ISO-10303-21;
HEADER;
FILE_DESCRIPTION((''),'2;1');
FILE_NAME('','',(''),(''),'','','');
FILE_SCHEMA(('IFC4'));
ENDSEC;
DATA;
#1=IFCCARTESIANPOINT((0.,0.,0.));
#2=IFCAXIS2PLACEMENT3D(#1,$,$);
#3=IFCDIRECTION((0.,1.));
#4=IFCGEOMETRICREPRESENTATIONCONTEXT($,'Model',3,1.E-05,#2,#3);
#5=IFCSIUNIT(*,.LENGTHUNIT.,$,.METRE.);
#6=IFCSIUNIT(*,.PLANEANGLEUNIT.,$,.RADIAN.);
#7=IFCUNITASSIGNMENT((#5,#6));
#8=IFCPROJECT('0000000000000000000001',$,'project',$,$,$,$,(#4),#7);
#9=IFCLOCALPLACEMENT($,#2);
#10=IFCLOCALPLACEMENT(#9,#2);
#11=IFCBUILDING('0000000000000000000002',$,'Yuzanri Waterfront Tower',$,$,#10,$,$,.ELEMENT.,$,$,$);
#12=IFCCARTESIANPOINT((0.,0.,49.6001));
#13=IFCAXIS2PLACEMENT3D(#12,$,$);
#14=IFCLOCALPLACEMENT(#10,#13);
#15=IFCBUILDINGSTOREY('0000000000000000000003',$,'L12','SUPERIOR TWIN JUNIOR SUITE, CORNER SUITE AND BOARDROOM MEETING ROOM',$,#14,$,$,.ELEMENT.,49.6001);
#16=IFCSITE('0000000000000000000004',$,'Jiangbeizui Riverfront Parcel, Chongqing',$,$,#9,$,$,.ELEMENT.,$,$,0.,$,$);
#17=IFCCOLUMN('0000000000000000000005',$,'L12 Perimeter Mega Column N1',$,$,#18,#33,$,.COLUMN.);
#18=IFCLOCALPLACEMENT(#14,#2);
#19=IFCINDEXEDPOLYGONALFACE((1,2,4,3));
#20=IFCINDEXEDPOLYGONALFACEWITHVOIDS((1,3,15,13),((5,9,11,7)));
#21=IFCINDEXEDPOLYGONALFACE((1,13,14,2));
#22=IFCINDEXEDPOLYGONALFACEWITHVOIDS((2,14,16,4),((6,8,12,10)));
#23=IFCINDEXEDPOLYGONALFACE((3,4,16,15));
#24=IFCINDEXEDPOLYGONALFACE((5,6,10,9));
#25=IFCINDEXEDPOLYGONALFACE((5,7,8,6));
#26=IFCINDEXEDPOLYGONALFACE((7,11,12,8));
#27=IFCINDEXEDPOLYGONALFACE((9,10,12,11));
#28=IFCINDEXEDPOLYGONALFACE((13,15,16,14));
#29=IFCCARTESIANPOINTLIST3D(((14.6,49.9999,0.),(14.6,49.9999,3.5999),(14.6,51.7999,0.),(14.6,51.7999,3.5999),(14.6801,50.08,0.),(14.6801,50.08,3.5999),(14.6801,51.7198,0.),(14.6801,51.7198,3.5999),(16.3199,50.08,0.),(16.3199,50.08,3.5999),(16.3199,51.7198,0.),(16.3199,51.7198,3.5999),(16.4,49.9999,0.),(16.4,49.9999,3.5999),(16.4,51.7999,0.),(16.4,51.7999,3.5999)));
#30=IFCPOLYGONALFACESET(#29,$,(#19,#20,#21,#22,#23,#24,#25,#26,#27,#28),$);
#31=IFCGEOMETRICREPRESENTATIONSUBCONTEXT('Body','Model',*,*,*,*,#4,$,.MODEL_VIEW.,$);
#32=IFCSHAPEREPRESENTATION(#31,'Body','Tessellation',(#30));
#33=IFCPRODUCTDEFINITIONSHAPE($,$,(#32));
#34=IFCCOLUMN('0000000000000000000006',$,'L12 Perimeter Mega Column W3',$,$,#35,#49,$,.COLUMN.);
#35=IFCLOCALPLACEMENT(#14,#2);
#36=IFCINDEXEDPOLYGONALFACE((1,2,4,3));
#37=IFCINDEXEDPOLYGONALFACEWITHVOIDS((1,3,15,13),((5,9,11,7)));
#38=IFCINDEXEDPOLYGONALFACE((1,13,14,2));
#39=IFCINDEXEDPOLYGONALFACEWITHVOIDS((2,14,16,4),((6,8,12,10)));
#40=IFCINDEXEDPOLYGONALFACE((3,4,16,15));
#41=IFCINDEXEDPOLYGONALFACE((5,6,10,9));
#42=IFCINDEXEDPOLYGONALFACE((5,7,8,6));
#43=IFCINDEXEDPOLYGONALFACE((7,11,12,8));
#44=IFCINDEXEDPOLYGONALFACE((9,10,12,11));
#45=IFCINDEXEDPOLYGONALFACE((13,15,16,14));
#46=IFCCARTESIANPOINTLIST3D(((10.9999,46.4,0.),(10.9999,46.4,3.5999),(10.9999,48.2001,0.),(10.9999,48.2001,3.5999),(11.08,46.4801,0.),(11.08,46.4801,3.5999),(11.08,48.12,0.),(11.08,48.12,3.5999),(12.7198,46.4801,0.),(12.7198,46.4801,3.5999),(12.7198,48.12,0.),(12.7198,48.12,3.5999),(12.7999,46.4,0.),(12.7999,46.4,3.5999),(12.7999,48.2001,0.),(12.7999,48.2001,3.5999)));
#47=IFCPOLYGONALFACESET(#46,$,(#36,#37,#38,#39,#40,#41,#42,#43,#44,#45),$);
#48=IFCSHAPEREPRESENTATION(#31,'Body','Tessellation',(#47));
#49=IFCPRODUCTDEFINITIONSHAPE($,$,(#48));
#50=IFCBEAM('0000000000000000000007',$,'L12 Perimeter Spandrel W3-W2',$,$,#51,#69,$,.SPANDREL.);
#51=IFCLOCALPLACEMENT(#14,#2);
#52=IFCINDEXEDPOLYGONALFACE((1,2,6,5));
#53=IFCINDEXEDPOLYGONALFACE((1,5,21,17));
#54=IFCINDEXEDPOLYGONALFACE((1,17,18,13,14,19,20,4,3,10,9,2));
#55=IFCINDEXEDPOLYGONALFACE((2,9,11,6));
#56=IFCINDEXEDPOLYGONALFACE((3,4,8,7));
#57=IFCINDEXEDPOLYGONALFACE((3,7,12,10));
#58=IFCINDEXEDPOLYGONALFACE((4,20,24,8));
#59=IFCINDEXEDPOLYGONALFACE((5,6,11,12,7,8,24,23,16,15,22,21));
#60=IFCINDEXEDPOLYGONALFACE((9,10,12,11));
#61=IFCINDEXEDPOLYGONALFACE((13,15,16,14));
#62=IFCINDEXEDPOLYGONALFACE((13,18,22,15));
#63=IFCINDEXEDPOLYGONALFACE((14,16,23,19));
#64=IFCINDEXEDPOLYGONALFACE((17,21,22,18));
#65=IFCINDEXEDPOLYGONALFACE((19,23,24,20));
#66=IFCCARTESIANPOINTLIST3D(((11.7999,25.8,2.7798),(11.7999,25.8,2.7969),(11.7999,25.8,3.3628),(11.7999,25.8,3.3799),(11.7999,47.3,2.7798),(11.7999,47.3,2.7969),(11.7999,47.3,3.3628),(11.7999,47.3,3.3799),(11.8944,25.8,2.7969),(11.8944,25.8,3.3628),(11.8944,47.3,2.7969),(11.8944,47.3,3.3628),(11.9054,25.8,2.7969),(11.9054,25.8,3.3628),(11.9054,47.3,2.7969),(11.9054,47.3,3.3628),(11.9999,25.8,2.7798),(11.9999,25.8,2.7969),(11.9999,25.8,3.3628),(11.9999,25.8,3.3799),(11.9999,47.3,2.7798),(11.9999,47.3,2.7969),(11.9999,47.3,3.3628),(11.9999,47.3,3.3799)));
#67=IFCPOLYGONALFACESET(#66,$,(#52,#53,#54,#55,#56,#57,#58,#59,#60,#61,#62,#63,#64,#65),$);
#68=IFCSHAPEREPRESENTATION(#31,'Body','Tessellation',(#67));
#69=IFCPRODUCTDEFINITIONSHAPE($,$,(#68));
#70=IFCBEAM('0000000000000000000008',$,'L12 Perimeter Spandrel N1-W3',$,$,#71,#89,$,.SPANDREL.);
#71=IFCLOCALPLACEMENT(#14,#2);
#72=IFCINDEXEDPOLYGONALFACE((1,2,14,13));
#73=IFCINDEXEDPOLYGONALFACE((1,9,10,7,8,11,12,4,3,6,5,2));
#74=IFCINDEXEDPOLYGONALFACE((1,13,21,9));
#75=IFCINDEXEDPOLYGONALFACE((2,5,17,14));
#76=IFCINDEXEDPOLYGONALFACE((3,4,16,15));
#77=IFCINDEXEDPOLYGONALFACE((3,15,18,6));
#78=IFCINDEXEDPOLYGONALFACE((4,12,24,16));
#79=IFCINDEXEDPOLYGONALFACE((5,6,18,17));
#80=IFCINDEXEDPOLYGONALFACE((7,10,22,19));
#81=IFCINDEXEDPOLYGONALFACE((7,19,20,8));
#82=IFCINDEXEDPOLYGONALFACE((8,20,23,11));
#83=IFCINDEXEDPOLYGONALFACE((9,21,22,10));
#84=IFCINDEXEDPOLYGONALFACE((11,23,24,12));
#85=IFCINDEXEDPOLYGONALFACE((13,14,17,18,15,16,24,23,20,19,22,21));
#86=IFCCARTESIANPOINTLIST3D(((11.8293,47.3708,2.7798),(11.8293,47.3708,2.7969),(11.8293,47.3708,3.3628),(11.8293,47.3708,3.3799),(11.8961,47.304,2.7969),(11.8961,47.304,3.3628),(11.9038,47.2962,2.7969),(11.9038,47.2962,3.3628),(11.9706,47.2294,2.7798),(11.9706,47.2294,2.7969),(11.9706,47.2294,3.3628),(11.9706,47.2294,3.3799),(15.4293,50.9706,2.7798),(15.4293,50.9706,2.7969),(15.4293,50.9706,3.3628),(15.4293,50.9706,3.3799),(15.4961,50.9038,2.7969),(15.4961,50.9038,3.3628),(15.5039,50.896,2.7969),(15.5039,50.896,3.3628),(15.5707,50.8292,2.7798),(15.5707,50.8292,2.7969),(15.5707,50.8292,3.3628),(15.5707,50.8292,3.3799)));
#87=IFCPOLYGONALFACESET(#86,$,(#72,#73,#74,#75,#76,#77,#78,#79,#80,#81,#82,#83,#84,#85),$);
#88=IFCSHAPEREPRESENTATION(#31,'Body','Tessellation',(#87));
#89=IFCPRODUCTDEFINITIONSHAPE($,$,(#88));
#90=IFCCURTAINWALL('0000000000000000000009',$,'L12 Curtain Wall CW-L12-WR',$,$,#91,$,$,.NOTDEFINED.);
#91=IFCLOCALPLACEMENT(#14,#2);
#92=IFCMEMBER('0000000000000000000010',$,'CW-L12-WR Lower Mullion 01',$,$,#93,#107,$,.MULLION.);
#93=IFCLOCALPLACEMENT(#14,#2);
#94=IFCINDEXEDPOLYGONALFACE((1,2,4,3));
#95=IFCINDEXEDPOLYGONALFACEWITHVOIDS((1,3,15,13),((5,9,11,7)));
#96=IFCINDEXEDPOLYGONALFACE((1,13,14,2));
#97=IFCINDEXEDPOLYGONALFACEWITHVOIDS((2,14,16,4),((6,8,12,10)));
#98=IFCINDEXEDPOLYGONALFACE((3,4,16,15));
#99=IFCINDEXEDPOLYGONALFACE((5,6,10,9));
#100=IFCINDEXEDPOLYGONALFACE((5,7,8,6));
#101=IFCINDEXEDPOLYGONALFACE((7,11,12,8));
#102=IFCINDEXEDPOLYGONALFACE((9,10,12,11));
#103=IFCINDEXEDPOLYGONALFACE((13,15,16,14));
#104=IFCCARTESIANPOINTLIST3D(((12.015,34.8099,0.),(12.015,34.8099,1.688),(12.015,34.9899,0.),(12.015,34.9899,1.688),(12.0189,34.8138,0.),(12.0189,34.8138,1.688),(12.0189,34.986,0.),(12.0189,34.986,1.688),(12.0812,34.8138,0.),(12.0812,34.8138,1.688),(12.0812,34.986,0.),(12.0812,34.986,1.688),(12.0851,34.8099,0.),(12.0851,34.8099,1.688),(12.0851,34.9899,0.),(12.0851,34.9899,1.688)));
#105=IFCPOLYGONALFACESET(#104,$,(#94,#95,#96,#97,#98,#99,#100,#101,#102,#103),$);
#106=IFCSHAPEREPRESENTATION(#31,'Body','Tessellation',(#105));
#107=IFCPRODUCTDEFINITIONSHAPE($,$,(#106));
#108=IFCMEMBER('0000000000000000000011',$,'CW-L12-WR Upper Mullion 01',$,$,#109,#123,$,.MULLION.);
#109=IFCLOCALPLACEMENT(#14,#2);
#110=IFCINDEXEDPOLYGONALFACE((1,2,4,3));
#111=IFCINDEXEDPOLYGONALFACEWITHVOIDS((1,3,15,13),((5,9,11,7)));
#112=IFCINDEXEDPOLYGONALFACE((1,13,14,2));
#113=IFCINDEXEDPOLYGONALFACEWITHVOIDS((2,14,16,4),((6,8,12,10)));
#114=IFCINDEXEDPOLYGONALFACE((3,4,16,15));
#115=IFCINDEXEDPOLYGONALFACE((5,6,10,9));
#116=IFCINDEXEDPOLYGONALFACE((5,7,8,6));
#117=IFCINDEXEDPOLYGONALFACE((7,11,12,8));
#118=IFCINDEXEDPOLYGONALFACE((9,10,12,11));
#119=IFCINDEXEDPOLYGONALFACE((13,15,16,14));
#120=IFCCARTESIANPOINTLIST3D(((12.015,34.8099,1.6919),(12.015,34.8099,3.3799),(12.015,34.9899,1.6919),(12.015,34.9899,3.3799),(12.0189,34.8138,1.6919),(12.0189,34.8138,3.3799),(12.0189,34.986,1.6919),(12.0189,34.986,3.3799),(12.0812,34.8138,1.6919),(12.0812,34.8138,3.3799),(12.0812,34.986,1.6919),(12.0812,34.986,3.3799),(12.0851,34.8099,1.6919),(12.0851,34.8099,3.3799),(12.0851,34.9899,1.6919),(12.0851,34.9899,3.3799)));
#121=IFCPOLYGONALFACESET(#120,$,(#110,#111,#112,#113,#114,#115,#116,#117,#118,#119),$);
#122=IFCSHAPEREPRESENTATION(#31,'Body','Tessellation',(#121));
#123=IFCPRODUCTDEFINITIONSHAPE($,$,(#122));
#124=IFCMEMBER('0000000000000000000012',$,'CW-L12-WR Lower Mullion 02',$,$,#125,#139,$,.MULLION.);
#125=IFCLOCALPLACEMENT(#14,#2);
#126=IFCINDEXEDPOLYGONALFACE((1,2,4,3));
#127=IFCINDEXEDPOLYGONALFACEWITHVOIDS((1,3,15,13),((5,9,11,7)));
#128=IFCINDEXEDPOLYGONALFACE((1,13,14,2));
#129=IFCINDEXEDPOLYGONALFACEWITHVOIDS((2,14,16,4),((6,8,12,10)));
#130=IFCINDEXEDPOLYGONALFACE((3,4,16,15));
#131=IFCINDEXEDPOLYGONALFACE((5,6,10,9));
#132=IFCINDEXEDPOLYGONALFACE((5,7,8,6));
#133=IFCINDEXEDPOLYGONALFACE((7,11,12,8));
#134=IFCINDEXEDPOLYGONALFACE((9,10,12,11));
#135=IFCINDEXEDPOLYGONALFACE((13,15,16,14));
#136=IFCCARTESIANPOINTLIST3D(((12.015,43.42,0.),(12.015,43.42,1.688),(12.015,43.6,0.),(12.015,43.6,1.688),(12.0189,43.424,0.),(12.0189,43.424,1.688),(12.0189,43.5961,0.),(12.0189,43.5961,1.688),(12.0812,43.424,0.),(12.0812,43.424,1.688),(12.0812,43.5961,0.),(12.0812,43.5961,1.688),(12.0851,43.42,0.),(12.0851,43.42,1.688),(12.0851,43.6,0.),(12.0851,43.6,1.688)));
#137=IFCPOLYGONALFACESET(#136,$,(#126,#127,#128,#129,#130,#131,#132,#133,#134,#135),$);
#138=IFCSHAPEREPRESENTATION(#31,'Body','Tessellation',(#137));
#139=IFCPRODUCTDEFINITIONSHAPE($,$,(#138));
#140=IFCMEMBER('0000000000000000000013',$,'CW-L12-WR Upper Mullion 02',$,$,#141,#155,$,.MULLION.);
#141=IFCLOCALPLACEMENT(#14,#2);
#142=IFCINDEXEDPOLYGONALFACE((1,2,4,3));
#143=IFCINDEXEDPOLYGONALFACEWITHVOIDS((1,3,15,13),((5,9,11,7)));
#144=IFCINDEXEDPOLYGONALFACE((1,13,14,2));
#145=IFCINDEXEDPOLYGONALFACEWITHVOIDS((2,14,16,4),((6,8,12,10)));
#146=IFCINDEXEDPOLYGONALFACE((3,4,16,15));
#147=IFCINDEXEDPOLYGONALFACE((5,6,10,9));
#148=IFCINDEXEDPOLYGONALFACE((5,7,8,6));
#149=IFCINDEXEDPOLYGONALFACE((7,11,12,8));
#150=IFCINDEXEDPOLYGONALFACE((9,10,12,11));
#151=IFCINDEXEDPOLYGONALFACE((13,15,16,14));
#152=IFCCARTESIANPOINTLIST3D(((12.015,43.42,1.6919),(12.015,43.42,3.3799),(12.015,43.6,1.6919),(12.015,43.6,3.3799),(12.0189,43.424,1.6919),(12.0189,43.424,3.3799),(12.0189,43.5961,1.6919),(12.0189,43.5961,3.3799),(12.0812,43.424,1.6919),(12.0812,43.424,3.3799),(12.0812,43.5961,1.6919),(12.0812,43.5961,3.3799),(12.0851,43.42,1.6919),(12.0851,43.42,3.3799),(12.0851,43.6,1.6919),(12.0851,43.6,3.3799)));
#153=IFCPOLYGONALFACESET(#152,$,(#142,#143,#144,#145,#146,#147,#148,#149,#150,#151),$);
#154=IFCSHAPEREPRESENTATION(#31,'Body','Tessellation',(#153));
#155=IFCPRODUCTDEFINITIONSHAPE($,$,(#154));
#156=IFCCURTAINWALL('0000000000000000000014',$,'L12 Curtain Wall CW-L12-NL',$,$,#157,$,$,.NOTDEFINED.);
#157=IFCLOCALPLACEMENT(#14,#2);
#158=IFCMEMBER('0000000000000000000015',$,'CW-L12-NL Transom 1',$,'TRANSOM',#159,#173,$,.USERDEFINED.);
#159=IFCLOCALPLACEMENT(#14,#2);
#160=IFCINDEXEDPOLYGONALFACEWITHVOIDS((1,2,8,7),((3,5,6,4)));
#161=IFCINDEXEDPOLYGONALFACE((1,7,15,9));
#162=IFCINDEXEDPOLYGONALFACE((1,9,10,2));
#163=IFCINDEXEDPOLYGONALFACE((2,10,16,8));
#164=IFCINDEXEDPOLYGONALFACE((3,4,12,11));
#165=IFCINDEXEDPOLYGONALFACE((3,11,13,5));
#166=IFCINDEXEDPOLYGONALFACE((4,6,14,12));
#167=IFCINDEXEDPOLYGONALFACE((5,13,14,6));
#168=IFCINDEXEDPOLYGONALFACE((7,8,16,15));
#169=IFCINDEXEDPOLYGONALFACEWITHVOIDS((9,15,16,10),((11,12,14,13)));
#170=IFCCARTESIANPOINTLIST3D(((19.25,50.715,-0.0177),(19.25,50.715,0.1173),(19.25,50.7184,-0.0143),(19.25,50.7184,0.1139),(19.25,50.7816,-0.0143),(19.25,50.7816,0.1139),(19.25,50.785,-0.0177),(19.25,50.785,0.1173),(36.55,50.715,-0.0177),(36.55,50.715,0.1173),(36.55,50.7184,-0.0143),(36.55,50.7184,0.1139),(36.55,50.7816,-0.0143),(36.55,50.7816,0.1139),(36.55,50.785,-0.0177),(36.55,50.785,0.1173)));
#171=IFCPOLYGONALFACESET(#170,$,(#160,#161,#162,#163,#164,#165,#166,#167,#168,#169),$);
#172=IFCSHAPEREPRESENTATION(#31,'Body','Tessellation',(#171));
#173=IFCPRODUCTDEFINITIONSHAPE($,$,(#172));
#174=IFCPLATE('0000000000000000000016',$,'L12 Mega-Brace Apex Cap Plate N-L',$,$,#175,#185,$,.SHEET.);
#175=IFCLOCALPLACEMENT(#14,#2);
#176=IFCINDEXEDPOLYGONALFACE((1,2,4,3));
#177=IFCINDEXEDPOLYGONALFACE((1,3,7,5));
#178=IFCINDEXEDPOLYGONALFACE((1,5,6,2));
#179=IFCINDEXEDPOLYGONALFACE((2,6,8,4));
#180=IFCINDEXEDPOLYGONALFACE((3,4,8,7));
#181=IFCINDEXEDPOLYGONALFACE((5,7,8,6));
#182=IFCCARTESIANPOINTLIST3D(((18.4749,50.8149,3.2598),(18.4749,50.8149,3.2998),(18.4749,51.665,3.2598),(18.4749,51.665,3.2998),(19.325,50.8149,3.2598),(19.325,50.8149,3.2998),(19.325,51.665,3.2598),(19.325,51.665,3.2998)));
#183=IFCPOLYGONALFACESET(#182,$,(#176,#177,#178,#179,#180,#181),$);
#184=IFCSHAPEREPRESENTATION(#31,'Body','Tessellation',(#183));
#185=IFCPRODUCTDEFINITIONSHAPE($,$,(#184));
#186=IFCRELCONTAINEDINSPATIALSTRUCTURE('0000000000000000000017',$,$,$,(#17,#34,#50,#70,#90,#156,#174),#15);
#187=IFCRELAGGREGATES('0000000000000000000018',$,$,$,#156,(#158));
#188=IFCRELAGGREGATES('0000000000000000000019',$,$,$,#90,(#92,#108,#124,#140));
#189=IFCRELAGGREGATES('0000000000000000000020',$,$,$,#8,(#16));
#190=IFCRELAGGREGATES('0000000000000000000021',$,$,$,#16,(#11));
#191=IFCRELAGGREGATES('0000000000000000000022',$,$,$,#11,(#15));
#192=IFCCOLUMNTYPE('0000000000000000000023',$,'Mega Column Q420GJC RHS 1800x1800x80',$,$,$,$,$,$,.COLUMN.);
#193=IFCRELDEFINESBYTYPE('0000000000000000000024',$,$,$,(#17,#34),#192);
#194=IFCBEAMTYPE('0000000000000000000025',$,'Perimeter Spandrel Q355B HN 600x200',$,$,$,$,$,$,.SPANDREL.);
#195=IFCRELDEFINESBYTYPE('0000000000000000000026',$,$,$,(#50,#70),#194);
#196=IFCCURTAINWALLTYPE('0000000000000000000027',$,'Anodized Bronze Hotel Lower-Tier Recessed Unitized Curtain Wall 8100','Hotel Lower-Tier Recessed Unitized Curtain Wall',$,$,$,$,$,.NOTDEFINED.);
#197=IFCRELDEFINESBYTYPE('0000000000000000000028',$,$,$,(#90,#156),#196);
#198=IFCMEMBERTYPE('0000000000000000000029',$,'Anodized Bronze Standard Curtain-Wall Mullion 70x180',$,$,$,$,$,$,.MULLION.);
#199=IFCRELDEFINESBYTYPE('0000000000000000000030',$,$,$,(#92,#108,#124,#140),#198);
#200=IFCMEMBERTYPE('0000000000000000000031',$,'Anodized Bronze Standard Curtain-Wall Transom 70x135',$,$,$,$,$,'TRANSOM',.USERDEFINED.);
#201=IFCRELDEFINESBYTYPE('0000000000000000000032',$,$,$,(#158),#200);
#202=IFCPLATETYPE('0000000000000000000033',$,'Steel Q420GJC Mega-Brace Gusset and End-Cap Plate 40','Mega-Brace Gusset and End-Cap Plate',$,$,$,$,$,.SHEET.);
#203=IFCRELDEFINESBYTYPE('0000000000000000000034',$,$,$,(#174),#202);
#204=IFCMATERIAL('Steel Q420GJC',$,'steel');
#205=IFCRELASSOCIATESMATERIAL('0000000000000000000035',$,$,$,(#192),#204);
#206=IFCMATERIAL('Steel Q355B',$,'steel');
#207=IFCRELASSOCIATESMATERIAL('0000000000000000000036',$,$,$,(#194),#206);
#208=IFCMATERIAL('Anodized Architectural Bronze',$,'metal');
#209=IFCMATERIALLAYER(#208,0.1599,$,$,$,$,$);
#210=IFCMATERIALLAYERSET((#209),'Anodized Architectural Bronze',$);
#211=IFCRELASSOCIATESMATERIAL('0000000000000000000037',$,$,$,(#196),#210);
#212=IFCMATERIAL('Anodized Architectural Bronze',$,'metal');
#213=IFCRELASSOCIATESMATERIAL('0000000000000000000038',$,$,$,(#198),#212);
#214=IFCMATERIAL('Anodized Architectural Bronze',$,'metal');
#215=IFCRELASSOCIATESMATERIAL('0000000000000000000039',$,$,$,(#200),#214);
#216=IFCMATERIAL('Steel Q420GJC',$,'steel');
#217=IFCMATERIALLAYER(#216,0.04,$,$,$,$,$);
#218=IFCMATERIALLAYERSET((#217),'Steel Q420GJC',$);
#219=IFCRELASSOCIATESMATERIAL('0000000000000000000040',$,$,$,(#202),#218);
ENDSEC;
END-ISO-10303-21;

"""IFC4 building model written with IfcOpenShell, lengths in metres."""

from ifc_helpers import new_model, si_unit, direction, frame, origin, origin_2d, place, context, subcontext, project, spatial, rectangle, hollow_rectangle, i_section, extrude, source, transform, mapped, material, layer, layer_set, material_profile, profile_set, type_object, element, aggregate, save


model = new_model("IFC4")

# Units and contexts
model_context = context("Model", 3, precision=1e-05, world=origin(), true_north=direction((0.0, 1.0)))
body_context = subcontext(model_context, "Body", "Model", "MODEL_VIEW")
ifc_project = project(units=[si_unit("LENGTHUNIT", "METRE"), si_unit("PLANEANGLEUNIT", "RADIAN")], contexts=[model_context])

# Site, building, storey
site_placement = place(None, origin())
site = spatial("IfcSite", under=ifc_project, at=site_placement, Name="Jiangbeizui Riverfront Parcel, Chongqing", CompositionType="ELEMENT", RefElevation=0.0)
building_placement = place(site_placement, origin())
building = spatial("IfcBuilding", under=site, at=building_placement, Name="Yuzanri Waterfront Tower", CompositionType="ELEMENT")
storey_placement = place(building_placement, frame((0.0, 0.0, 49.6001)))
storey = spatial("IfcBuildingStorey", under=building, at=storey_placement, Name="L12", Description="SUPERIOR TWIN JUNIOR SUITE, CORNER SUITE AND BOARDROOM MEETING ROOM", CompositionType="ELEMENT", Elevation=49.6001)

# Columns
ifc_material_1 = material(Name="Steel Q420GJC", Category="steel")
ifc_material_profile_1 = material_profile(ifc_material_1, hollow_rectangle(XDim=1.8, YDim=1.8, WallThickness=0.0801, at=origin_2d()), Name="RHS 1800x1800x80")
ifc_profile_set_1 = profile_set([ifc_material_profile_1], Name="Steel Q420GJC")
column_type = type_object("IfcColumnType", Name="Mega Column Q420GJC RHS 1800x1800x80", PredefinedType="COLUMN", material=ifc_profile_set_1)
shared_shape_1 = source(origin(), body_context, "Body", "SweptSolid", [
    extrude(hollow_rectangle(XDim=1.8, YDim=1.8, WallThickness=0.0801, at=origin_2d()), origin(), (0.0, 0.0, 1.0), 3.5999),
])
for number, where, z_axis, x_axis, name in (
    (1, (15.5, 50.8999, 0.0), (0.0, 0.0, 1.0), (1.0, 0.0, 0.0), "L12 Perimeter Mega Column N1"),
    (2, (11.8999, 47.3, 0.0), (0.0, 0.0, 1.0), (1.0, 0.0, 0.0), "L12 Perimeter Mega Column W3"),
):
    element("IfcColumn", number, at=place(storey_placement, frame(where, z_axis=z_axis, x_axis=x_axis)), inside=storey, type_object=column_type, Name=name, PredefinedType="COLUMN", context=body_context, shape_type="MappedRepresentation", body=[
        mapped(shared_shape_1, transform((0.0, 0.0, 0.0), scale=1.0)),
    ])

# Beams
ifc_material_2 = material(Name="Steel Q355B", Category="steel")
ifc_material_profile_2 = material_profile(ifc_material_2, i_section(OverallWidth=0.2, OverallDepth=0.6001, WebThickness=0.011, FlangeThickness=0.0171, at=origin_2d()), Name="HN 600x200x11x17")
ifc_profile_set_2 = profile_set([ifc_material_profile_2], Name="Steel Q355B")
beam_type = type_object("IfcBeamType", Name="Perimeter Spandrel Q355B HN 600x200", PredefinedType="SPANDREL", material=ifc_profile_set_2)
shared_shape_2 = source(origin(), body_context, "Body", "SweptSolid", [
    extrude(i_section(OverallWidth=0.2, OverallDepth=0.6001, WebThickness=0.011, FlangeThickness=0.0171, at=origin_2d()), origin(), (0.0, 0.0, 1.0), 21.5),
])
beam_1_placement = place(storey_placement, frame((11.8999, 47.3, 3.0798), z_axis=(0.0, -1.0, 0.0), x_axis=(1.0, 0.0, 0.0)))
element("IfcBeam", 3, at=beam_1_placement, inside=storey, type_object=beam_type, Name="L12 Perimeter Spandrel W3-W2", PredefinedType="SPANDREL", context=body_context, shape_type="MappedRepresentation", body=[
    mapped(shared_shape_2, transform((0.0, 0.0, 0.0), scale=1.0)),
])
shared_shape_3 = source(origin(), body_context, "Body", "SweptSolid", [
    extrude(i_section(OverallWidth=0.2, OverallDepth=0.6001, WebThickness=0.011, FlangeThickness=0.0171, at=origin_2d()), origin(), (0.0, 0.0, 1.0), 5.0911),
])
beam_2_placement = place(storey_placement, frame((15.5, 50.8999, 3.0798), z_axis=(-0.707131, -0.707083, 0.0), x_axis=(0.707083, -0.707131, 0.0)))
element("IfcBeam", 4, at=beam_2_placement, inside=storey, type_object=beam_type, Name="L12 Perimeter Spandrel N1-W3", PredefinedType="SPANDREL", context=body_context, shape_type="MappedRepresentation", body=[
    mapped(shared_shape_3, transform((0.0, 0.0, 0.0), scale=1.0)),
])

# Curtain wall, members
ifc_material_3 = material(Name="Anodized Architectural Bronze", Category="metal")
ifc_layer_1 = layer(ifc_material_3, 0.1599)
ifc_layer_set_1 = layer_set([ifc_layer_1], Name="Anodized Architectural Bronze")
curtain_wall_type = type_object("IfcCurtainWallType", Name="Anodized Bronze Hotel Lower-Tier Recessed Unitized Curtain Wall 8100", Description="Hotel Lower-Tier Recessed Unitized Curtain Wall", PredefinedType="NOTDEFINED", material=ifc_layer_set_1)
curtain_wall_1_placement = place(storey_placement, origin())
curtain_wall_1 = element("IfcCurtainWall", 5, at=curtain_wall_1_placement, inside=storey, type_object=curtain_wall_type, Name="L12 Curtain Wall CW-L12-WR", PredefinedType="NOTDEFINED")
ifc_material_4 = material(Name="Anodized Architectural Bronze", Category="metal")
ifc_material_profile_3 = material_profile(ifc_material_4, hollow_rectangle(XDim=0.0701, YDim=0.1799, WallThickness=0.0039, at=origin_2d()), Name="CWM 70x180")
ifc_profile_set_3 = profile_set([ifc_material_profile_3], Name="Anodized Architectural Bronze")
member_type_1 = type_object("IfcMemberType", Name="Anodized Bronze Standard Curtain-Wall Mullion 70x180", PredefinedType="MULLION", material=ifc_profile_set_3)
shared_shape_4 = source(origin(), body_context, "Body", "SweptSolid", [
    extrude(hollow_rectangle(XDim=0.0701, YDim=0.1799, WallThickness=0.0039, at=origin_2d()), origin(), (0.0, 0.0, 1.0), 1.688),
])
member_1_placement = place(storey_placement, frame((12.05, 34.8999, 0.0), z_axis=(0.0, 0.0, 1.0), x_axis=(1.0, 0.0, 0.0)))
member_1 = element("IfcMember", 6, at=member_1_placement, type_object=member_type_1, Name="CW-L12-WR Lower Mullion 01", PredefinedType="MULLION", context=body_context, shape_type="MappedRepresentation", body=[
    mapped(shared_shape_4, transform((0.0, 0.0, 0.0), scale=1.0)),
])
member_2_placement = place(storey_placement, frame((12.05, 34.8999, 1.6919), z_axis=(0.0, 0.0, 1.0), x_axis=(1.0, 0.0, 0.0)))
member_2 = element("IfcMember", 7, at=member_2_placement, type_object=member_type_1, Name="CW-L12-WR Upper Mullion 01", PredefinedType="MULLION", context=body_context, shape_type="MappedRepresentation", body=[
    mapped(shared_shape_4, transform((0.0, 0.0, 0.0), scale=1.0)),
])
member_3_placement = place(storey_placement, frame((12.05, 43.51, 0.0), z_axis=(0.0, 0.0, 1.0), x_axis=(1.0, 0.0, 0.0)))
member_3 = element("IfcMember", 8, at=member_3_placement, type_object=member_type_1, Name="CW-L12-WR Lower Mullion 02", PredefinedType="MULLION", context=body_context, shape_type="MappedRepresentation", body=[
    mapped(shared_shape_4, transform((0.0, 0.0, 0.0), scale=1.0)),
])
member_4_placement = place(storey_placement, frame((12.05, 43.51, 1.6919), z_axis=(0.0, 0.0, 1.0), x_axis=(1.0, 0.0, 0.0)))
member_4 = element("IfcMember", 9, at=member_4_placement, type_object=member_type_1, Name="CW-L12-WR Upper Mullion 02", PredefinedType="MULLION", context=body_context, shape_type="MappedRepresentation", body=[
    mapped(shared_shape_4, transform((0.0, 0.0, 0.0), scale=1.0)),
])

# Curtain wall, member
curtain_wall_2_placement = place(storey_placement, origin())
curtain_wall_2 = element("IfcCurtainWall", 10, at=curtain_wall_2_placement, inside=storey, type_object=curtain_wall_type, Name="L12 Curtain Wall CW-L12-NL", PredefinedType="NOTDEFINED")
ifc_material_5 = material(Name="Anodized Architectural Bronze", Category="metal")
ifc_material_profile_4 = material_profile(ifc_material_5, hollow_rectangle(XDim=0.0701, YDim=0.135, WallThickness=0.0034, at=origin_2d()), Name="CWT 70x135")
ifc_profile_set_4 = profile_set([ifc_material_profile_4], Name="Anodized Architectural Bronze")
member_type_2 = type_object("IfcMemberType", Name="Anodized Bronze Standard Curtain-Wall Transom 70x135", ElementType="TRANSOM", PredefinedType="USERDEFINED", material=ifc_profile_set_4)
shared_shape_5 = source(origin(), body_context, "Body", "SweptSolid", [
    extrude(hollow_rectangle(XDim=0.0701, YDim=0.135, WallThickness=0.0034, at=origin_2d()), origin(), (0.0, 0.0, 1.0), 17.3),
])
member_5_placement = place(storey_placement, frame((19.25, 50.75, 0.0498), z_axis=(1.0, 0.0, 0.0), x_axis=(0.0, 1.0, 0.0)))
member_5 = element("IfcMember", 11, at=member_5_placement, type_object=member_type_2, Name="CW-L12-NL Transom 1", ObjectType="TRANSOM", PredefinedType="USERDEFINED", context=body_context, shape_type="MappedRepresentation", body=[
    mapped(shared_shape_5, transform((0.0, 0.0, 0.0), scale=1.0)),
])
aggregate(curtain_wall_2, [member_5])

# Plate
ifc_material_6 = material(Name="Steel Q420GJC", Category="steel")
ifc_layer_2 = layer(ifc_material_6, 0.04)
ifc_layer_set_2 = layer_set([ifc_layer_2], Name="Steel Q420GJC")
plate_type_1 = type_object("IfcPlateType", Name="Steel Q420GJC Mega-Brace Gusset and End-Cap Plate 40", Description="Mega-Brace Gusset and End-Cap Plate", PredefinedType="SHEET", material=ifc_layer_set_2)
shared_shape_6 = source(origin(), body_context, "Body", "SweptSolid", [
    extrude(rectangle(XDim=0.8501, YDim=0.8501, at=origin_2d()), origin(), (0.0, 0.0, 1.0), 0.04),
])
for number, where, z_axis, x_axis, name in (
    (12, (18.8999, 51.24, 3.2598), (0.0, 0.0, 1.0), (1.0, 0.0, 0.0), "L12 Mega-Brace Apex Cap Plate N-L"),
):
    element("IfcPlate", number, at=place(storey_placement, frame(where, z_axis=z_axis, x_axis=x_axis)), inside=storey, type_object=plate_type_1, Name=name, PredefinedType="SHEET", context=body_context, shape_type="MappedRepresentation", body=[
        mapped(shared_shape_6, transform((0.0, 0.0, 0.0), scale=1.0)),
    ])

aggregate(curtain_wall_1, [member_1, member_2, member_3, member_4])

save(model, "model.ifc")
